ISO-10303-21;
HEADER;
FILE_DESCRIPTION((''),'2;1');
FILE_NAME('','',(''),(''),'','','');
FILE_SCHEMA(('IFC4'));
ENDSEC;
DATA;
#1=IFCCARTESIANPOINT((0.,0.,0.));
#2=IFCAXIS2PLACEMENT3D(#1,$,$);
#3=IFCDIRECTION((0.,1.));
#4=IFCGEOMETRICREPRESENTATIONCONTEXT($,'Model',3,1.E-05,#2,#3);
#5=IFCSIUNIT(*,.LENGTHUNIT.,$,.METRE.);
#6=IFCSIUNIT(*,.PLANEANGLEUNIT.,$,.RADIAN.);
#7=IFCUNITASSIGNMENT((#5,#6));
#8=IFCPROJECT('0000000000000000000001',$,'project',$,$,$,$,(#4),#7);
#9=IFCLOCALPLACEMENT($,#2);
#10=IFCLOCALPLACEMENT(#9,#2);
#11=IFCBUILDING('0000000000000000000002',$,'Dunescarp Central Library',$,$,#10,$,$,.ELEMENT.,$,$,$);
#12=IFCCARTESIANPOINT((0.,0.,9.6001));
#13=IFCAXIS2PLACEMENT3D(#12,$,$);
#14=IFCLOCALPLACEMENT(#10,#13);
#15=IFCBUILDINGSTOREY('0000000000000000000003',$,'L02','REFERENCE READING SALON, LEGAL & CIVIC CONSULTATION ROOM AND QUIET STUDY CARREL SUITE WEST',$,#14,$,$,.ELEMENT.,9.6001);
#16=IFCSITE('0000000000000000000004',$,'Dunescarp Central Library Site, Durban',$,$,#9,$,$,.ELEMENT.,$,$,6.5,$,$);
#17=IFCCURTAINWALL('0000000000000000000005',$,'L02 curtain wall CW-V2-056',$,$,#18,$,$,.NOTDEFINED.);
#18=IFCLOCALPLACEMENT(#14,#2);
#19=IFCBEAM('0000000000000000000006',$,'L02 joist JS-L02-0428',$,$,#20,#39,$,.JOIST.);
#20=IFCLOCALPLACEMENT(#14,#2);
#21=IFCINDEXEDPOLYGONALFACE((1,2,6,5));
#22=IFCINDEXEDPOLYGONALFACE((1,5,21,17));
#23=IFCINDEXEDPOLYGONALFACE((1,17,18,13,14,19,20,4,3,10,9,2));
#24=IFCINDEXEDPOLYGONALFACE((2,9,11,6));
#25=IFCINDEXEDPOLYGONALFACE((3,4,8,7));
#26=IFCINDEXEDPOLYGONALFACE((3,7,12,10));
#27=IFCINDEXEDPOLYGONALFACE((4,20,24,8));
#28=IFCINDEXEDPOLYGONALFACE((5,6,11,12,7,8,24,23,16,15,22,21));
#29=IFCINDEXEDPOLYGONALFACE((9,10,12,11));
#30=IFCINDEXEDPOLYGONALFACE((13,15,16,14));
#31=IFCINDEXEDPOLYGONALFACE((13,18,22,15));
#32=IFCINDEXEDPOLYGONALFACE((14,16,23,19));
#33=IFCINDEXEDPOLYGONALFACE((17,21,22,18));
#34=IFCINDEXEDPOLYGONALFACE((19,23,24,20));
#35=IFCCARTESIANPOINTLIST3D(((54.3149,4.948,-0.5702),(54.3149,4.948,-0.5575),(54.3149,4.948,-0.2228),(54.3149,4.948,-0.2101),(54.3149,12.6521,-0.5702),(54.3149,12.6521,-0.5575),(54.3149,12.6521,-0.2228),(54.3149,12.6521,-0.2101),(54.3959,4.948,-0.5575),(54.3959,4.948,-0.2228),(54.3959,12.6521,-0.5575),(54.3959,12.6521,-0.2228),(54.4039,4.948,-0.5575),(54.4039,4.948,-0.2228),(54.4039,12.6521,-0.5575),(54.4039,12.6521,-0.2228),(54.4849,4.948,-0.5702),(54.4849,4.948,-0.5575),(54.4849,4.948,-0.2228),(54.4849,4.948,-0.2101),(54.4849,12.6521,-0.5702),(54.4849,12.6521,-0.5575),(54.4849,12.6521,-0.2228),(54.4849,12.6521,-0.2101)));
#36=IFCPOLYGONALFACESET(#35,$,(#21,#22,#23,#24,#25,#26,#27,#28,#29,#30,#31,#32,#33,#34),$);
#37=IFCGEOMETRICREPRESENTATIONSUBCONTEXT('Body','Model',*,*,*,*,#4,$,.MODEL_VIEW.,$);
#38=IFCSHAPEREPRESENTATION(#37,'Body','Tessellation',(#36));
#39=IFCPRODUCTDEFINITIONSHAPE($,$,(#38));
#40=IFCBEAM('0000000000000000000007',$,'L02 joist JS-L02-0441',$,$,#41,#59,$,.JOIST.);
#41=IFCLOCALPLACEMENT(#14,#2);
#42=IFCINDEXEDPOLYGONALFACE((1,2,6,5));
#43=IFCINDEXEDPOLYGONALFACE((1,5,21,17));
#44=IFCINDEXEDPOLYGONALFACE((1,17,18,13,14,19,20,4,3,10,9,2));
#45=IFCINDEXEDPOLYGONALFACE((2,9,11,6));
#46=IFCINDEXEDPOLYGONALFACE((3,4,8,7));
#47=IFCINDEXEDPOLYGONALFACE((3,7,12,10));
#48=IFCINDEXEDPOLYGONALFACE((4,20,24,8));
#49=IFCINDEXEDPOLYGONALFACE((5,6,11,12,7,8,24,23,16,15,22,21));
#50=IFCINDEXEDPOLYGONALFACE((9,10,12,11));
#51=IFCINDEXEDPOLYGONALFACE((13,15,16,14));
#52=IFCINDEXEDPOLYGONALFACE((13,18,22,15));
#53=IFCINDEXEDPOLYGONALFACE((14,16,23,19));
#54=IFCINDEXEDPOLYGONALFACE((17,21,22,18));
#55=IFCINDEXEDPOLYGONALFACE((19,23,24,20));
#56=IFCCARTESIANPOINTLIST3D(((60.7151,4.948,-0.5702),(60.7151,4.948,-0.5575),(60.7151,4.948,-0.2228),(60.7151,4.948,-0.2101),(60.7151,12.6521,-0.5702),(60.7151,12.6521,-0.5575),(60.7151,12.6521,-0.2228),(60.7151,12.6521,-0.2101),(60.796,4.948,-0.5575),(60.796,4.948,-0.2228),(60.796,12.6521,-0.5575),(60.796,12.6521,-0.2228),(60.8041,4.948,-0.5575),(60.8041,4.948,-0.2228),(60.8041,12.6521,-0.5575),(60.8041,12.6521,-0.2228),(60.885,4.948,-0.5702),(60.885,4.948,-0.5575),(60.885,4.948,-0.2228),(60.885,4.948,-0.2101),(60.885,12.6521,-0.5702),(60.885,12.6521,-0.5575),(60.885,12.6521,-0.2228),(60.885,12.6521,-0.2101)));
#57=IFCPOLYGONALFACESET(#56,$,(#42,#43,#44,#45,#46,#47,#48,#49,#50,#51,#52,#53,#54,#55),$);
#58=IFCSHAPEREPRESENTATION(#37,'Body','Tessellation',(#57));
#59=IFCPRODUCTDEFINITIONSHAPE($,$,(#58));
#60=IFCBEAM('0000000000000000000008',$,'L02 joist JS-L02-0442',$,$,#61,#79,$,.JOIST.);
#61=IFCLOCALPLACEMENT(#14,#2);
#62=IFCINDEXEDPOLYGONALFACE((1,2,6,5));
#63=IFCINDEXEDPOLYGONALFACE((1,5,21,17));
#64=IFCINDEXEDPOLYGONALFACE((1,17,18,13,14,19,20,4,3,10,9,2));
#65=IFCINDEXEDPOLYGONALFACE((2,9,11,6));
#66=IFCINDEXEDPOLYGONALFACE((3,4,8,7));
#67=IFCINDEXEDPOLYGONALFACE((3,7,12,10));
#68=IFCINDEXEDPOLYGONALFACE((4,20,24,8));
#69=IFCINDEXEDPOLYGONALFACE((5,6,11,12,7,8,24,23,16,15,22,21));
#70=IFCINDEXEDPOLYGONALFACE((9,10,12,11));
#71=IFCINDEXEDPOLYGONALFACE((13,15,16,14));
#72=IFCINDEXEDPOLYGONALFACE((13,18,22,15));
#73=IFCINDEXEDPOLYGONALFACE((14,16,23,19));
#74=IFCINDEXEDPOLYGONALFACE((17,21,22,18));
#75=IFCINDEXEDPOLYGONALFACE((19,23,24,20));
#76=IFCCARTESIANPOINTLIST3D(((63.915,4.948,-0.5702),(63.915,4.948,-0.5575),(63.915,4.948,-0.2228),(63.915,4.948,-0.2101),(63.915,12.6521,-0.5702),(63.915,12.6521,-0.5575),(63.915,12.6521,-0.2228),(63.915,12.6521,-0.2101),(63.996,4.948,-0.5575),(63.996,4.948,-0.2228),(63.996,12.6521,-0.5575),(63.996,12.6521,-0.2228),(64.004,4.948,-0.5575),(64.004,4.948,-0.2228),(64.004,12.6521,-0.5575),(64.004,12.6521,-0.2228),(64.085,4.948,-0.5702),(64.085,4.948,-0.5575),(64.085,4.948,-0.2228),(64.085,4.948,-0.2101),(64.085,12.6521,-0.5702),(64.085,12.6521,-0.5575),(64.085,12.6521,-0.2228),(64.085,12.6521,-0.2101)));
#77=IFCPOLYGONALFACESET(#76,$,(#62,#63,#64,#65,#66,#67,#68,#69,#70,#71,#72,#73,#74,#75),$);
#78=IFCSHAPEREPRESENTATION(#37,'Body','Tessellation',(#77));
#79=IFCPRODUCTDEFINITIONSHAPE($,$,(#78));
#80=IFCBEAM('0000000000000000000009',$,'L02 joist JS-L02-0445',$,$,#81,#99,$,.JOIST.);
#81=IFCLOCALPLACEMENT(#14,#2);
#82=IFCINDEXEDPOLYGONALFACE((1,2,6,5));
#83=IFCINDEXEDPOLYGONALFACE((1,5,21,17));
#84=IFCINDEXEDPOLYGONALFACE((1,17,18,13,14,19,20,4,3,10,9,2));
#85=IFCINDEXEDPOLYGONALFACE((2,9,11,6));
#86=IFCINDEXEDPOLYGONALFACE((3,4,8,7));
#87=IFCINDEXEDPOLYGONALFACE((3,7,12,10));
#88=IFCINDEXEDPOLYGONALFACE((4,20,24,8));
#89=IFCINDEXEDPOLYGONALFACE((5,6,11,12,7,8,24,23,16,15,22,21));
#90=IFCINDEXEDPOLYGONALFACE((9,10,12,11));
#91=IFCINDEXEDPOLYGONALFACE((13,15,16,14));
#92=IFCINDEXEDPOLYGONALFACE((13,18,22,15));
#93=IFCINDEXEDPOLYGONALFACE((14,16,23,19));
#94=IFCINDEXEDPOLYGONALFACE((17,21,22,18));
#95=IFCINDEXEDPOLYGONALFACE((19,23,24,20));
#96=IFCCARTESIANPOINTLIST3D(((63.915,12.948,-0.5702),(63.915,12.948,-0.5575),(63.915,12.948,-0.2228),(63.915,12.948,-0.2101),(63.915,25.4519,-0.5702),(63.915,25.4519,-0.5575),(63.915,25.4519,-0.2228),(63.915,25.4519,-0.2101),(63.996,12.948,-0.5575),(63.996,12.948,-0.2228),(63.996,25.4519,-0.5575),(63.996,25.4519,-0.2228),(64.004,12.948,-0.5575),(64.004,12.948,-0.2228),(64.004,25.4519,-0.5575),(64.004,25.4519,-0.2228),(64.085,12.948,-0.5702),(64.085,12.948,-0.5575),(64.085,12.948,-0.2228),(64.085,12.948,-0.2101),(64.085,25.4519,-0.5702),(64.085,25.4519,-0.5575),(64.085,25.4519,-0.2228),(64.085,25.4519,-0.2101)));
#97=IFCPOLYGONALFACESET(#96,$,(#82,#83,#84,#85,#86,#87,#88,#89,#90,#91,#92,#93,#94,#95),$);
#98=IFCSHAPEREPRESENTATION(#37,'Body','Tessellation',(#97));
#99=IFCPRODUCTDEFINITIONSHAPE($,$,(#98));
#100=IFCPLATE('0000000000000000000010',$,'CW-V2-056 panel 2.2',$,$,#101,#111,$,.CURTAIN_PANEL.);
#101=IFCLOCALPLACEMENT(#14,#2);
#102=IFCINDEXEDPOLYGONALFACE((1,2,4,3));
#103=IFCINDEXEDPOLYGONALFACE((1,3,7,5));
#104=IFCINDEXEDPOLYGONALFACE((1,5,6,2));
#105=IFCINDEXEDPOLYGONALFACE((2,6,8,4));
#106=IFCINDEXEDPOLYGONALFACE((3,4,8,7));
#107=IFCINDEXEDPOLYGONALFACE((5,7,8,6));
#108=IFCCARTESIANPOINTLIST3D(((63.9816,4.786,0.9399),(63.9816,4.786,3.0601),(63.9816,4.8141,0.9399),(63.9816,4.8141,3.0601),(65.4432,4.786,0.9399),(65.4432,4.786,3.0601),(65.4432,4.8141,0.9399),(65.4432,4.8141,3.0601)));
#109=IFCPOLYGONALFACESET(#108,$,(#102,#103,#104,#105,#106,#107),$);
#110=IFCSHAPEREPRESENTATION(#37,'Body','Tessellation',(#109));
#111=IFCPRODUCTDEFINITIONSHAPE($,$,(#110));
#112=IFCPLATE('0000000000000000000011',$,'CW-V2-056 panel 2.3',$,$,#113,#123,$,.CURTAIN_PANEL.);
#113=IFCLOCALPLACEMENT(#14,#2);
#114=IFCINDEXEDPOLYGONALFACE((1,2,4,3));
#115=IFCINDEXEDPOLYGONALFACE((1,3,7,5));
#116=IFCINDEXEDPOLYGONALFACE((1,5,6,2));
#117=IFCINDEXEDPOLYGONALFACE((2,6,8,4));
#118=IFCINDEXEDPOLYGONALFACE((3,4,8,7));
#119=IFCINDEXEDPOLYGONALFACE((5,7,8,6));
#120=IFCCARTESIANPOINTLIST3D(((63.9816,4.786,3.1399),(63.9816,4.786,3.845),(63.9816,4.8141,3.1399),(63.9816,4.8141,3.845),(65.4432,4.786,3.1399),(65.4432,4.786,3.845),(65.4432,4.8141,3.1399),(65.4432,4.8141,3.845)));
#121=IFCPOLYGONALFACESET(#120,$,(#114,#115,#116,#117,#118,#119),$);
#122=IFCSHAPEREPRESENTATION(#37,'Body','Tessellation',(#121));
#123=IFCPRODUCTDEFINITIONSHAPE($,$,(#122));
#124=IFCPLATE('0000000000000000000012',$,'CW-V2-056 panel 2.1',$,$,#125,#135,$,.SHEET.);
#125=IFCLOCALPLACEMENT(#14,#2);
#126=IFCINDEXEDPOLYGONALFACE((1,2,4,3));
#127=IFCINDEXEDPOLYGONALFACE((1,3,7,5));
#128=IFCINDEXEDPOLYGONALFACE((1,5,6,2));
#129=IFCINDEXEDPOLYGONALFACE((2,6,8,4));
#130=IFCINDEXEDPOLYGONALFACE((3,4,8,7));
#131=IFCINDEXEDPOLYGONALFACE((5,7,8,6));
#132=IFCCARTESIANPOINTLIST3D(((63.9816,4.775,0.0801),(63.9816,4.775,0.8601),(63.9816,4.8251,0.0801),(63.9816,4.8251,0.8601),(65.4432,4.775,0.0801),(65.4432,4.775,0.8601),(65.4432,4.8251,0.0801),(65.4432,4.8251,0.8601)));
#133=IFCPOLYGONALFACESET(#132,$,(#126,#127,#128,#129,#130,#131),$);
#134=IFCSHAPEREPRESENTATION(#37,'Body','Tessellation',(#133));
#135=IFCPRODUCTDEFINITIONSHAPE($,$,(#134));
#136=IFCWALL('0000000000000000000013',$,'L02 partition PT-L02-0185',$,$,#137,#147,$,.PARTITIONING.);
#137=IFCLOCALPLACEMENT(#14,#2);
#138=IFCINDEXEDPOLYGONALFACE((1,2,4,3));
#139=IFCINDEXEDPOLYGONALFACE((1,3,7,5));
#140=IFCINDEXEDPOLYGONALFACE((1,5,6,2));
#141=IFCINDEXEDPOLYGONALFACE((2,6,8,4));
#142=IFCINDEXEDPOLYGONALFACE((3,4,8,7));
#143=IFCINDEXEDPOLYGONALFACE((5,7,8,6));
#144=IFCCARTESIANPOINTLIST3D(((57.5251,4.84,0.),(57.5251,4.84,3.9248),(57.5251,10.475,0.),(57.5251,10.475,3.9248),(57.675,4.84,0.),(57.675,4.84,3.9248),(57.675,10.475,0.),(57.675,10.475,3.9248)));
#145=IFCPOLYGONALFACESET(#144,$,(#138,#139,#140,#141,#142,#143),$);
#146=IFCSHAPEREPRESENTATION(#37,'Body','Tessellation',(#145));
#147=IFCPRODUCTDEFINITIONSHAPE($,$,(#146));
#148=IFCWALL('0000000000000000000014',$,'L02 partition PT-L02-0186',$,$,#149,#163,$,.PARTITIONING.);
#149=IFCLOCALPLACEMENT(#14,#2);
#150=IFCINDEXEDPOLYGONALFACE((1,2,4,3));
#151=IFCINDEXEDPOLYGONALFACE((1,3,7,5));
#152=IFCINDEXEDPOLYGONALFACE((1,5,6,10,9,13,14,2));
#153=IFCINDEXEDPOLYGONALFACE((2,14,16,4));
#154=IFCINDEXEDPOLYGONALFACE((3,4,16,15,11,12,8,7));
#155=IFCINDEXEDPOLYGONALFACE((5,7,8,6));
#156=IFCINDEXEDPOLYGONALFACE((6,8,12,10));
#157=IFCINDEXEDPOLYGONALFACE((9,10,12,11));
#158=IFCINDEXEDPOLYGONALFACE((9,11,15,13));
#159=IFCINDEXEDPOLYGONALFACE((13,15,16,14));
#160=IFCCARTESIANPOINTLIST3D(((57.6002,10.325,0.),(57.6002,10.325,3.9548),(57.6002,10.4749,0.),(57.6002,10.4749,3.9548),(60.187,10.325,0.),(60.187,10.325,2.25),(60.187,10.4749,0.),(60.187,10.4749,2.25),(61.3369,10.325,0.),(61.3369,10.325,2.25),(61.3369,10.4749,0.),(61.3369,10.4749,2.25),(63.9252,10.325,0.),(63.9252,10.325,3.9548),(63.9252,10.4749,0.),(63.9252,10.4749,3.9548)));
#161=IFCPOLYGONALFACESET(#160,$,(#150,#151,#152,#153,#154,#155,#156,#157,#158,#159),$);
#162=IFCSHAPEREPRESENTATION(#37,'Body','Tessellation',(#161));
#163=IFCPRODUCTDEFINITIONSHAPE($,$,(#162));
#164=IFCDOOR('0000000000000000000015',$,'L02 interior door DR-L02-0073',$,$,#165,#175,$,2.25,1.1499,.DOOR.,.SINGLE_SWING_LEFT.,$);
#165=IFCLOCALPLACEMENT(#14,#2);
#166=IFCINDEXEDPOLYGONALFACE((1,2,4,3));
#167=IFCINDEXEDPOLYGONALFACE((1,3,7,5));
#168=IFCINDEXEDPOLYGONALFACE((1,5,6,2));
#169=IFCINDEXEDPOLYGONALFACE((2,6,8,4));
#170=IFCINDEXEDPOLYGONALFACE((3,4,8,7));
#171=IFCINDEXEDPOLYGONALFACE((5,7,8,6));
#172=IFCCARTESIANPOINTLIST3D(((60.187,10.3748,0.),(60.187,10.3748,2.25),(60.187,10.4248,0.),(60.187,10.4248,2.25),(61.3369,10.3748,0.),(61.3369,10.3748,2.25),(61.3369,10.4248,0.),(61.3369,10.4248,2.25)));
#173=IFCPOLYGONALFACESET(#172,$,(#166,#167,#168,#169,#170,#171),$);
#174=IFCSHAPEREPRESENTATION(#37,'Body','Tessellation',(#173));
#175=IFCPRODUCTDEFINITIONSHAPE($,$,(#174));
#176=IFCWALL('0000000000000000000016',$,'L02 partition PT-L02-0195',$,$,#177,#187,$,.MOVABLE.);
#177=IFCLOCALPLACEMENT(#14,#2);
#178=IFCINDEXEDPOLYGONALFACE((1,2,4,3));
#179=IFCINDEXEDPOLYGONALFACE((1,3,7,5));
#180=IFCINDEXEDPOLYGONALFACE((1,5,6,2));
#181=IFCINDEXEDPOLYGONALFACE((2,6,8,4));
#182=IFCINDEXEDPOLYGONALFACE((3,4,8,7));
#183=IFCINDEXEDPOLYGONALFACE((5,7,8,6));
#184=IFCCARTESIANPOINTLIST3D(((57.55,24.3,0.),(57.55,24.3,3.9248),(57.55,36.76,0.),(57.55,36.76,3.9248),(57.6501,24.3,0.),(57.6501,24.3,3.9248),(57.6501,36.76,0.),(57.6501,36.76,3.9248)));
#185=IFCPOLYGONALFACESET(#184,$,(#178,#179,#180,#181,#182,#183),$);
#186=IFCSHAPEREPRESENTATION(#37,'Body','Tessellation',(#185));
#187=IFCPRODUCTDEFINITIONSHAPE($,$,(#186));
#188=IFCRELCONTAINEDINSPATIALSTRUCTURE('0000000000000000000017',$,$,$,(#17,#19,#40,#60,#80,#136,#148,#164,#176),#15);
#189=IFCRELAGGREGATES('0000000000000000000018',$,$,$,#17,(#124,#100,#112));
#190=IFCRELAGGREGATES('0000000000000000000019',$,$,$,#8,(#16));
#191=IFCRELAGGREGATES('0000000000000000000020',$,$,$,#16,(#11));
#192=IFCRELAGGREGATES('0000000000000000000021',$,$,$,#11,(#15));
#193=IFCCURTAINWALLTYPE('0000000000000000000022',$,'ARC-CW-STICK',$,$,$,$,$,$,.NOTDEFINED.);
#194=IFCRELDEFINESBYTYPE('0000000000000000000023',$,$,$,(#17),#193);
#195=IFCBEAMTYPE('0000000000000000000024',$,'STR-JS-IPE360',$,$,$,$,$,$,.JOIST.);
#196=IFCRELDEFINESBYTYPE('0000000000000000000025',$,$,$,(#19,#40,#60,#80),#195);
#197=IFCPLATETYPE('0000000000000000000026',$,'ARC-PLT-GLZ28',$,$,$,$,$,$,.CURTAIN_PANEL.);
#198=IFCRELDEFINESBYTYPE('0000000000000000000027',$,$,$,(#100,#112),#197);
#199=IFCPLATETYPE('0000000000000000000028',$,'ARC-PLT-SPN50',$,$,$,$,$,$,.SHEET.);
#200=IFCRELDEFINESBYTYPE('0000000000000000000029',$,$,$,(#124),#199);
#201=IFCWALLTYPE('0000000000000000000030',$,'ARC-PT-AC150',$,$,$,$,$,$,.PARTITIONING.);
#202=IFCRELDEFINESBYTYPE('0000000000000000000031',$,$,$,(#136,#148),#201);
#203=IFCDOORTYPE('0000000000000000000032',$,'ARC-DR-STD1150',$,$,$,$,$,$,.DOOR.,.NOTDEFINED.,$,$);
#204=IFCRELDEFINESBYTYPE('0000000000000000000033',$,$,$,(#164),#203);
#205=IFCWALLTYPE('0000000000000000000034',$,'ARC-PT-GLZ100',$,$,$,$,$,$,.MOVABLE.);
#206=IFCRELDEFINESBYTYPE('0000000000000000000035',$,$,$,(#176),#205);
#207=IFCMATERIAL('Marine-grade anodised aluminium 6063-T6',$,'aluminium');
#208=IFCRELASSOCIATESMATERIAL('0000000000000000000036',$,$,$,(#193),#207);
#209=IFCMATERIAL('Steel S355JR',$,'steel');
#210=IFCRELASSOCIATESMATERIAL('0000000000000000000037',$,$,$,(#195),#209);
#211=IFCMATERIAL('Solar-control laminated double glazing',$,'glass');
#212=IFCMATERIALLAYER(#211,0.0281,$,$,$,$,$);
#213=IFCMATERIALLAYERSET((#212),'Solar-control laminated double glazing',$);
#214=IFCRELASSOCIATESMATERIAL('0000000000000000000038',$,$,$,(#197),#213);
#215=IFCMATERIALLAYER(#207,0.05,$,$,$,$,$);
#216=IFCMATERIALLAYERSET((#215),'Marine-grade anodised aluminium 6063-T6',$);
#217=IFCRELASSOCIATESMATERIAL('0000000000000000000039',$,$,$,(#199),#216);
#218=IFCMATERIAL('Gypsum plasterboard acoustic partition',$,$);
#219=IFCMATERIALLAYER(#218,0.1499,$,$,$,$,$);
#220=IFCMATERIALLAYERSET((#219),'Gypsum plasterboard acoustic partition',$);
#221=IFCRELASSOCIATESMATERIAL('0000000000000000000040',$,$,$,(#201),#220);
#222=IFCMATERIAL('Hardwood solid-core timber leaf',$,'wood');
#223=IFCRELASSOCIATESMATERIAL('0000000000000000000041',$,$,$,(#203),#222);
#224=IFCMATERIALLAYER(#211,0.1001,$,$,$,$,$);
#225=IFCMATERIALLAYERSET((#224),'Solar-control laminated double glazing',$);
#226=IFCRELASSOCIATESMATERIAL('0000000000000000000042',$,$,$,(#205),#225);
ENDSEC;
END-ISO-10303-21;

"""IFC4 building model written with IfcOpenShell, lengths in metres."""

from ifc_helpers import new_model, si_unit, direction, frame, frame_2d, origin, origin_2d, place, context, subcontext, project, spatial, rectangle, i_section, extrude, material, layer, layer_set, material_profile, profile_set, type_object, element, fill, aggregate, save


model = new_model("IFC4")

# Units and contexts
model_context = context("Model", 3, precision=1e-05, world=origin(), true_north=direction((0.0, 1.0)))
body_context = subcontext(model_context, "Body", "Model", "MODEL_VIEW")
ifc_project = project(units=[si_unit("LENGTHUNIT", "METRE"), si_unit("PLANEANGLEUNIT", "RADIAN")], contexts=[model_context])

# Site, building, storey
site_placement = place(None, origin())
site = spatial("IfcSite", under=ifc_project, at=site_placement, Name="Dunescarp Central Library Site, Durban", CompositionType="ELEMENT", RefElevation=6.5)
building_placement = place(site_placement, origin())
building = spatial("IfcBuilding", under=site, at=building_placement, Name="Dunescarp Central Library", CompositionType="ELEMENT")
storey_placement = place(building_placement, frame((0.0, 0.0, 9.6001)))
storey = spatial("IfcBuildingStorey", under=building, at=storey_placement, Name="L02", Description="REFERENCE READING SALON, LEGAL & CIVIC CONSULTATION ROOM AND QUIET STUDY CARREL SUITE WEST", CompositionType="ELEMENT", Elevation=9.6001)

# Shared definitions
ifc_material_1 = material(Name="Steel S355JR", Category="steel")

# Curtain wall
ifc_material_2 = material(Name="Marine-grade anodised aluminium 6063-T6", Category="aluminium")
curtain_wall_type = type_object("IfcCurtainWallType", Name="ARC-CW-STICK", PredefinedType="NOTDEFINED", material=ifc_material_2)
curtain_wall_placement = place(storey_placement, origin())
curtain_wall = element("IfcCurtainWall", 1, at=curtain_wall_placement, inside=storey, type_object=curtain_wall_type, Name="L02 curtain wall CW-V2-056", PredefinedType="NOTDEFINED")

# Beams
ifc_material_profile_1 = material_profile(ifc_material_1, i_section(OverallWidth=0.1699, OverallDepth=0.3601, WebThickness=0.0081, FlangeThickness=0.0127, at=origin_2d()), Name="IPE 360")
ifc_profile_set_1 = profile_set([ifc_material_profile_1], Name="Steel S355JR")
beam_type_1 = type_object("IfcBeamType", Name="STR-JS-IPE360", PredefinedType="JOIST", material=ifc_profile_set_1)
for number, where, z_axis, x_axis, name in (
    (2, (54.3999, 4.948, -0.3901), (0.0, 1.0, 0.0), (-1.0, 0.0, 0.0), "L02 joist JS-L02-0428"),
    (3, (60.8, 4.948, -0.3901), (0.0, 1.0, 0.0), (-1.0, 0.0, 0.0), "L02 joist JS-L02-0441"),
    (4, (64.0, 4.948, -0.3901), (0.0, 1.0, 0.0), (-1.0, 0.0, 0.0), "L02 joist JS-L02-0442"),
):
    element("IfcBeam", number, at=place(storey_placement, frame(where, z_axis=z_axis, x_axis=x_axis)), inside=storey, type_object=beam_type_1, Name=name, PredefinedType="JOIST", context=body_context, shape_type="SweptSolid", body=[
        extrude(i_section(OverallWidth=0.1699, OverallDepth=0.3601, WebThickness=0.0081, FlangeThickness=0.0127, at=origin_2d()), origin(), (0.0, 0.0, 1.0), 7.7041),
    ])
beam_1_placement = place(storey_placement, frame((64.0, 12.948, -0.3901), z_axis=(0.0, 1.0, 0.0), x_axis=(-1.0, 0.0, 0.0)))
element("IfcBeam", 5, at=beam_1_placement, inside=storey, type_object=beam_type_1, Name="L02 joist JS-L02-0445", PredefinedType="JOIST", context=body_context, shape_type="SweptSolid", body=[
    extrude(i_section(OverallWidth=0.1699, OverallDepth=0.3601, WebThickness=0.0081, FlangeThickness=0.0127, at=origin_2d()), origin(), (0.0, 0.0, 1.0), 12.5039),
])

# Plates
ifc_material_3 = material(Name="Solar-control laminated double glazing", Category="glass")
ifc_layer_1 = layer(ifc_material_3, 0.0281)
ifc_layer_set_1 = layer_set([ifc_layer_1], Name="Solar-control laminated double glazing")
plate_type_1 = type_object("IfcPlateType", Name="ARC-PLT-GLZ28", PredefinedType="CURTAIN_PANEL", material=ifc_layer_set_1)
plate_1_placement = place(storey_placement, frame((64.7124, 4.8, 0.9399), z_axis=(0.0, 0.0, 1.0), x_axis=(-1.0, 0.0, 0.0)))
plate_1 = element("IfcPlate", 6, at=plate_1_placement, type_object=plate_type_1, Name="CW-V2-056 panel 2.2", PredefinedType="CURTAIN_PANEL", context=body_context, shape_type="SweptSolid", body=[
    extrude(rectangle(XDim=1.4617, YDim=0.0281, at=origin_2d()), origin(), (0.0, 0.0, 1.0), 2.1201),
])
plate_2_placement = place(storey_placement, frame((64.7124, 4.8, 3.1399), z_axis=(0.0, 0.0, 1.0), x_axis=(-1.0, 0.0, 0.0)))
plate_2 = element("IfcPlate", 7, at=plate_2_placement, type_object=plate_type_1, Name="CW-V2-056 panel 2.3", PredefinedType="CURTAIN_PANEL", context=body_context, shape_type="SweptSolid", body=[
    extrude(rectangle(XDim=1.4617, YDim=0.0281, at=origin_2d()), origin(), (0.0, 0.0, 1.0), 0.7051),
])
ifc_layer_2 = layer(ifc_material_2, 0.05)
ifc_layer_set_2 = layer_set([ifc_layer_2], Name="Marine-grade anodised aluminium 6063-T6")
plate_type_2 = type_object("IfcPlateType", Name="ARC-PLT-SPN50", PredefinedType="SHEET", material=ifc_layer_set_2)
plate_3_placement = place(storey_placement, frame((64.7124, 4.8, 0.0801), z_axis=(0.0, 0.0, 1.0), x_axis=(-1.0, 0.0, 0.0)))
plate_3 = element("IfcPlate", 8, at=plate_3_placement, type_object=plate_type_2, Name="CW-V2-056 panel 2.1", PredefinedType="SHEET", context=body_context, shape_type="SweptSolid", body=[
    extrude(rectangle(XDim=1.4617, YDim=0.05, at=origin_2d()), origin(), (0.0, 0.0, 1.0), 0.78),
])
aggregate(curtain_wall, [plate_3, plate_1, plate_2])

# Wall
ifc_material_4 = material(Name="Gypsum plasterboard acoustic partition")
ifc_layer_3 = layer(ifc_material_4, 0.1499)
ifc_layer_set_3 = layer_set([ifc_layer_3], Name="Gypsum plasterboard acoustic partition")
wall_type_1 = type_object("IfcWallType", Name="ARC-PT-AC150", PredefinedType="PARTITIONING", material=ifc_layer_set_3)
wall_1_placement = place(storey_placement, frame((57.6001, 4.8401, 0.0), z_axis=(0.0, 0.0, 1.0), x_axis=(0.0, 1.0, 0.0)))
element("IfcWall", 9, at=wall_1_placement, inside=storey, type_object=wall_type_1, Name="L02 partition PT-L02-0185", PredefinedType="PARTITIONING", context=body_context, shape_type="SweptSolid", body=[
    extrude(rectangle(XDim=5.635, YDim=0.1499, at=frame_2d((2.8174, 0.0))), origin(), (0.0, 0.0, 1.0), 3.9248),
])

# Wall, opening, door
wall_2_placement = place(storey_placement, frame((57.6001, 10.3999, 0.0), z_axis=(0.0, 0.0, 1.0), x_axis=(1.0, 0.0, 0.0)))
wall_2 = element("IfcWall", 10, at=wall_2_placement, inside=storey, type_object=wall_type_1, Name="L02 partition PT-L02-0186", PredefinedType="PARTITIONING", context=body_context, shape_type="SweptSolid", body=[
    extrude(rectangle(XDim=6.325, YDim=0.1499, at=frame_2d((3.1626, 0.0))), origin(), (0.0, 0.0, 1.0), 3.9548),
])
opening_1_placement = place(wall_2_placement, frame((2.5869, 0.0, 0.0)))
opening_1 = element("IfcOpeningElement", 11, at=opening_1_placement, cuts=wall_2, PredefinedType="OPENING", context=body_context, shape_type="SweptSolid", body=[
    extrude(rectangle(XDim=1.1499, YDim=2.25, at=frame_2d((0.575, 1.125))), frame((0.0, 0.085, 0.0), z_axis=(0.0, -1.0, 0.0), x_axis=(1.0, 0.0, 0.0)), (0.0, 0.0, 1.0), 0.1699),
])
ifc_material_5 = material(Name="Hardwood solid-core timber leaf", Category="wood")
door_type_1 = type_object("IfcDoorType", Name="ARC-DR-STD1150", OperationType="NOTDEFINED", PredefinedType="DOOR", material=ifc_material_5)
door_1_placement = place(opening_1_placement, origin())
door_1 = element("IfcDoor", 12, at=door_1_placement, inside=storey, type_object=door_type_1, Name="L02 interior door DR-L02-0073", OperationType="SINGLE_SWING_LEFT", OverallHeight=2.25, OverallWidth=1.1499, PredefinedType="DOOR", context=body_context, shape_type="SweptSolid", body=[
    extrude(rectangle(XDim=1.1499, YDim=2.25, at=frame_2d((0.575, 1.125))), frame((0.0, 0.0249, 0.0), z_axis=(0.0, -1.0, 0.0), x_axis=(1.0, 0.0, 0.0)), (0.0, 0.0, 1.0), 0.05),
])
fill(opening_1, door_1)

# Wall
ifc_layer_4 = layer(ifc_material_3, 0.1001)
ifc_layer_set_4 = layer_set([ifc_layer_4], Name="Solar-control laminated double glazing")
wall_type_2 = type_object("IfcWallType", Name="ARC-PT-GLZ100", PredefinedType="MOVABLE", material=ifc_layer_set_4)
wall_3_placement = place(storey_placement, frame((57.6001, 24.3, 0.0), z_axis=(0.0, 0.0, 1.0), x_axis=(0.0, 1.0, 0.0)))
element("IfcWall", 13, at=wall_3_placement, inside=storey, type_object=wall_type_2, Name="L02 partition PT-L02-0195", PredefinedType="MOVABLE", context=body_context, shape_type="SweptSolid", body=[
    extrude(rectangle(XDim=12.46, YDim=0.1001, at=frame_2d((6.23, 0.0))), origin(), (0.0, 0.0, 1.0), 3.9248),
])

save(model, "model.ifc")
